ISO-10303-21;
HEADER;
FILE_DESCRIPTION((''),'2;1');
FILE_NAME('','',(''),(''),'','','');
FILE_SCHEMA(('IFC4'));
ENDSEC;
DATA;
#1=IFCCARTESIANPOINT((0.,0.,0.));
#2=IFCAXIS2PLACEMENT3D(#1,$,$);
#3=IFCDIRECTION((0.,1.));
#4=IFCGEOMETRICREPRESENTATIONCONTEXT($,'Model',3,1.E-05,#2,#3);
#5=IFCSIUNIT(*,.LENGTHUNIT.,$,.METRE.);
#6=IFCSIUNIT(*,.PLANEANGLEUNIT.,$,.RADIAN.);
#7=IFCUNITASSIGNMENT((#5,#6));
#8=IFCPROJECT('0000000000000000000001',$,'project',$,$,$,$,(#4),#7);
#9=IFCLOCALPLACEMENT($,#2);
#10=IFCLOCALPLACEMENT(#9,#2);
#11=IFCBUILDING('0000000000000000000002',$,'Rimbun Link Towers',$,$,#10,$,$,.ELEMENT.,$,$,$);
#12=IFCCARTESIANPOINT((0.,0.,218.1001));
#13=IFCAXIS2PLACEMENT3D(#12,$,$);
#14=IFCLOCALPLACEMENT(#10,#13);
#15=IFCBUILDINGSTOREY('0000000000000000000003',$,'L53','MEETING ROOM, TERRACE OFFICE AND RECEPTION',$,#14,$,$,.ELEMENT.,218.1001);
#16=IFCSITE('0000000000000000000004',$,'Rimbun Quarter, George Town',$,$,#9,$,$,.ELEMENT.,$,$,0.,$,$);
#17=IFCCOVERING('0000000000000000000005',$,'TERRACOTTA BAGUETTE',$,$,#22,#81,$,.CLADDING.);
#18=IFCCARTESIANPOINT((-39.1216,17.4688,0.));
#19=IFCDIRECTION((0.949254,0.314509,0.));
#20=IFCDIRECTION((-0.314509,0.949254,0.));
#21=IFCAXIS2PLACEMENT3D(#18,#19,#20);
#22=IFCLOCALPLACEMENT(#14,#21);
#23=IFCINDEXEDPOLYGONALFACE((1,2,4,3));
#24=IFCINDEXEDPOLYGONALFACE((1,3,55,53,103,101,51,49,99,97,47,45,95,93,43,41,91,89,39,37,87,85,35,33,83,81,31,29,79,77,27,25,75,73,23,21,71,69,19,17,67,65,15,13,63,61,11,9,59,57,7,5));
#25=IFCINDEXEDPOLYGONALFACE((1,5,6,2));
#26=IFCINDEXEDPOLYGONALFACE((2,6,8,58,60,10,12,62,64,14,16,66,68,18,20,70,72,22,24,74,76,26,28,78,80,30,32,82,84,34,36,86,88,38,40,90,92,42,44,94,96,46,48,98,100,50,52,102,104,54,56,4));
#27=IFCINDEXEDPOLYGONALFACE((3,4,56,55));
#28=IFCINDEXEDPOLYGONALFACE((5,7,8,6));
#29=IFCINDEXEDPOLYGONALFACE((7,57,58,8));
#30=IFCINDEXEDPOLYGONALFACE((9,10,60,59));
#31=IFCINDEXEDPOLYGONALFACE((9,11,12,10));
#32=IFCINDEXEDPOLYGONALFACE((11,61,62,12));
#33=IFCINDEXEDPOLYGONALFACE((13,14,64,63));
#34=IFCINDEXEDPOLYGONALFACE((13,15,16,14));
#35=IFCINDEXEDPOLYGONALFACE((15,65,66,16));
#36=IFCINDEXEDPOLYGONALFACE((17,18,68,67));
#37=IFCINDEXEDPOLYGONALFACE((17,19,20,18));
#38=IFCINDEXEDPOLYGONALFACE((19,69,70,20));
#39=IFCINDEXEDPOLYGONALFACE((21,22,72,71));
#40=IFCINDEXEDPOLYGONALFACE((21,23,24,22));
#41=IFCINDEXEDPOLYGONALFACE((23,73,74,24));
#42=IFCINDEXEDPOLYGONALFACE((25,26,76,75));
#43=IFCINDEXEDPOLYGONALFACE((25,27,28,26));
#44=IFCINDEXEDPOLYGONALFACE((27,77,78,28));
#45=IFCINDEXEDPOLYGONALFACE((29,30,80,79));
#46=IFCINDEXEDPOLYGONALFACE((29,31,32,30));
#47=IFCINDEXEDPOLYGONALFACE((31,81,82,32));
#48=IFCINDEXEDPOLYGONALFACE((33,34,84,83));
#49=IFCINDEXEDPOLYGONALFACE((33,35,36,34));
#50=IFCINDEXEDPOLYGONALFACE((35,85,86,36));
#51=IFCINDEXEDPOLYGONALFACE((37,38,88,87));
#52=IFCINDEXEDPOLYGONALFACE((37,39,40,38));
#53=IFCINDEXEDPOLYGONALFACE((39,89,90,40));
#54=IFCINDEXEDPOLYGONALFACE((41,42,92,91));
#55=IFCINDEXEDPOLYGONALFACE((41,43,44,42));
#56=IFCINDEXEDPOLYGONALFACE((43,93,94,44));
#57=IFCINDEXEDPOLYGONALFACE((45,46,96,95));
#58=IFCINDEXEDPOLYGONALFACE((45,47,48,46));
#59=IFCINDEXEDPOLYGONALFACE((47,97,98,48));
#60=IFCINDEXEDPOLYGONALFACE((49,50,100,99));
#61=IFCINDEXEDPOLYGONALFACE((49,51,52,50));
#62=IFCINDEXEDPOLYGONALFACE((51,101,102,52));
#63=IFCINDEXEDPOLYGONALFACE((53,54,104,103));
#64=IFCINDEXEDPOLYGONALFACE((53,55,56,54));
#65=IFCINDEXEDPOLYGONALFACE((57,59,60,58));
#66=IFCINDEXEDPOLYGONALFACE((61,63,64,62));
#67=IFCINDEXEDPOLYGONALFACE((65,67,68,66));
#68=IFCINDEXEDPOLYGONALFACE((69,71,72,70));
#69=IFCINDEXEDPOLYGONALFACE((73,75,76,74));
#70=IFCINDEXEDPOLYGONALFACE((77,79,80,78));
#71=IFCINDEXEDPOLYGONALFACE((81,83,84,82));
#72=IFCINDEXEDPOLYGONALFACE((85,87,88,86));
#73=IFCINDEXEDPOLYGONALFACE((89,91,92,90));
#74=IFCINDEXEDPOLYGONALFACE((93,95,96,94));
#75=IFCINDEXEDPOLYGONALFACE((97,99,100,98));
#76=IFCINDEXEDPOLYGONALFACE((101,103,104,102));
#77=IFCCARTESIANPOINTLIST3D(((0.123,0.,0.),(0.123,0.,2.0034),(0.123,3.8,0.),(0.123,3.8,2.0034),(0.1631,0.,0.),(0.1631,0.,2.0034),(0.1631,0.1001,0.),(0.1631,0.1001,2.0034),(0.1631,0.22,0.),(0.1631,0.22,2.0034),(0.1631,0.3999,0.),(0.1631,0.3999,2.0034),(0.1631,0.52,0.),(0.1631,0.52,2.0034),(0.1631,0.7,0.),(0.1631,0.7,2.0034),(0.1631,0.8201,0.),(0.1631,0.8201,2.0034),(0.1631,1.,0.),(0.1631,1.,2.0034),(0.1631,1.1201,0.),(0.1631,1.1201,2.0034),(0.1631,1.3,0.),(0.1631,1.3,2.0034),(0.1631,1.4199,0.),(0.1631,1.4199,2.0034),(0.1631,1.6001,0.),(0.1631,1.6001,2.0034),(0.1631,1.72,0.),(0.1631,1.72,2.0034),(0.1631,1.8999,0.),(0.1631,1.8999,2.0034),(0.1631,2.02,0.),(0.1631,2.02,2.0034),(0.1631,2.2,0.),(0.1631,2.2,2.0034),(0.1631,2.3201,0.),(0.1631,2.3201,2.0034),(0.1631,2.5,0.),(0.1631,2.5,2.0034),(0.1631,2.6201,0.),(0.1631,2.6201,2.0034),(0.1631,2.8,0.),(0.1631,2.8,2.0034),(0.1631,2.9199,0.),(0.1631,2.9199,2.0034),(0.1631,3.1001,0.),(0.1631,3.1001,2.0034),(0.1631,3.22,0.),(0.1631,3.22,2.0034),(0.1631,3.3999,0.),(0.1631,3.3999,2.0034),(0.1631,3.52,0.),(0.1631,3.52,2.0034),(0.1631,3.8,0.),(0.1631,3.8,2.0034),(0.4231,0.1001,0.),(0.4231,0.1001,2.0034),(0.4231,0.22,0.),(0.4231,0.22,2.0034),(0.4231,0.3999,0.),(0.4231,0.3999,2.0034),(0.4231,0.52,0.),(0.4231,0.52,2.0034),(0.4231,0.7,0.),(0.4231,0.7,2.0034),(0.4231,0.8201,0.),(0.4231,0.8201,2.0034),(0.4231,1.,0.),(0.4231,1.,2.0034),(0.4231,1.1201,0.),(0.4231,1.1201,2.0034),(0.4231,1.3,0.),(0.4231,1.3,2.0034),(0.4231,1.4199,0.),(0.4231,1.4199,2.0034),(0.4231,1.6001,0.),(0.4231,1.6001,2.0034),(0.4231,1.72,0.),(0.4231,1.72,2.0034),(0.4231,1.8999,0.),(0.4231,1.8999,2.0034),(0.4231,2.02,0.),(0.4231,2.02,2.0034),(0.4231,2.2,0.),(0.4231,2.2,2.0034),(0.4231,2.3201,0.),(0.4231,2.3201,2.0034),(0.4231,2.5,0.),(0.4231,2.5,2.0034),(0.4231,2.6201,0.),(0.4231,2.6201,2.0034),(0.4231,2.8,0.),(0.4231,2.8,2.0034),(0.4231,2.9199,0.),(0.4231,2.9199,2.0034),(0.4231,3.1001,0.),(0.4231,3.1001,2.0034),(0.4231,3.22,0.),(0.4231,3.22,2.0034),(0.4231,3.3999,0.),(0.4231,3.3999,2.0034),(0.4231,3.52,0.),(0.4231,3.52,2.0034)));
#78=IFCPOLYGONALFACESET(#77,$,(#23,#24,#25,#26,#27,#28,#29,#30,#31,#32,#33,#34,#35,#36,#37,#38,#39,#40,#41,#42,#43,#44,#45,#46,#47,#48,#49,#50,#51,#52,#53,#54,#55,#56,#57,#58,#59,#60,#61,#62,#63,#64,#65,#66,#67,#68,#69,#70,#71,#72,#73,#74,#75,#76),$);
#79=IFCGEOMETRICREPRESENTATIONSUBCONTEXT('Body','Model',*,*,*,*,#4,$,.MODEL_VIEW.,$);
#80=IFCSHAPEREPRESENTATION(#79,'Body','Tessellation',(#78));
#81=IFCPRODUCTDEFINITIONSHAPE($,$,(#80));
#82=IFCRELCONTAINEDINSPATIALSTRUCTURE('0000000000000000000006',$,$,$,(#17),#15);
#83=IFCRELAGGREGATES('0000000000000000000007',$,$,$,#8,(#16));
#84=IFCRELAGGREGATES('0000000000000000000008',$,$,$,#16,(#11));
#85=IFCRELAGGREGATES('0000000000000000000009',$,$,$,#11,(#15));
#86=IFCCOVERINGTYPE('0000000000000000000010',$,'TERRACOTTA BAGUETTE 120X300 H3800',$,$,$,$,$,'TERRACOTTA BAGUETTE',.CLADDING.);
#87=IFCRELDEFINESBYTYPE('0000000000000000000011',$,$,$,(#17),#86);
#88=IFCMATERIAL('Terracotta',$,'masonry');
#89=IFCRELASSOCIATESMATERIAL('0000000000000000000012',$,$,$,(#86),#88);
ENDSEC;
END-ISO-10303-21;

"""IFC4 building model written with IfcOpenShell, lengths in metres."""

from ifc_helpers import new_model, si_unit, direction, frame, origin, place, context, subcontext, project, spatial, polyline, outline, extrude, material, material_profile, profile_set, type_object, element, save


model = new_model("IFC4")

# Units and contexts
model_context = context("Model", 3, precision=1e-05, world=origin(), true_north=direction((0.0, 1.0)))
body_context = subcontext(model_context, "Body", "Model", "MODEL_VIEW")
ifc_project = project(units=[si_unit("LENGTHUNIT", "METRE"), si_unit("PLANEANGLEUNIT", "RADIAN")], contexts=[model_context])

# Site, building, storey
site_placement = place(None, origin())
site = spatial("IfcSite", under=ifc_project, at=site_placement, Name="Rimbun Quarter, George Town", CompositionType="ELEMENT", RefElevation=0.0)
building_placement = place(site_placement, origin())
building = spatial("IfcBuilding", under=site, at=building_placement, Name="Rimbun Link Towers", CompositionType="ELEMENT")
storey_placement = place(building_placement, frame((0.0, 0.0, 218.1001)))
storey = spatial("IfcBuildingStorey", under=building, at=storey_placement, Name="L53", Description="MEETING ROOM, TERRACE OFFICE AND RECEPTION", CompositionType="ELEMENT", Elevation=218.1001)

# Covering
ifc_material_1 = material(Name="Terracotta", Category="masonry")
ifc_material_profile_1 = material_profile(ifc_material_1, outline(polyline([(0.123, 0.0), (0.1631, 0.0), (0.1631, 0.1001), (0.4231, 0.1001), (0.4231, 0.22), (0.1631, 0.22), (0.1631, 0.3999), (0.4231, 0.3999), (0.4231, 0.52), (0.1631, 0.52), (0.1631, 0.7), (0.4231, 0.7), (0.4231, 0.8201), (0.1631, 0.8201), (0.1631, 1.0), (0.4231, 1.0), (0.4231, 1.1201), (0.1631, 1.1201), (0.1631, 1.3), (0.4231, 1.3), (0.4231, 1.4199), (0.1631, 1.4199), (0.1631, 1.6001), (0.4231, 1.6001), (0.4231, 1.72), (0.1631, 1.72), (0.1631, 1.8999), (0.4231, 1.8999), (0.4231, 2.02), (0.1631, 2.02), (0.1631, 2.2), (0.4231, 2.2), (0.4231, 2.3201), (0.1631, 2.3201), (0.1631, 2.5), (0.4231, 2.5), (0.4231, 2.6201), (0.1631, 2.6201), (0.1631, 2.8), (0.4231, 2.8), (0.4231, 2.9199), (0.1631, 2.9199), (0.1631, 3.1001), (0.4231, 3.1001), (0.4231, 3.22), (0.1631, 3.22), (0.1631, 3.3999), (0.4231, 3.3999), (0.4231, 3.52), (0.1631, 3.52), (0.1631, 3.8), (0.123, 3.8), (0.123, 0.0)])), Name="BAGUETTE 120X300")
ifc_profile_set_1 = profile_set([ifc_material_profile_1], Name="Terracotta")
covering_type = type_object("IfcCoveringType", Name="TERRACOTTA BAGUETTE 120X300 H3800", ElementType="TERRACOTTA BAGUETTE", PredefinedType="CLADDING", material=ifc_profile_set_1)
covering_placement = place(storey_placement, frame((-39.1216, 17.4688, 0.0), z_axis=(0.949254, 0.314509, 0.0), x_axis=(-0.314509, 0.949254, 0.0)))
element("IfcCovering", 1, at=covering_placement, inside=storey, type_object=covering_type, Name="TERRACOTTA BAGUETTE", PredefinedType="CLADDING", context=body_context, shape_type="SweptSolid", body=[
    extrude(outline(polyline([(0.123, 0.0), (0.1631, 0.0), (0.1631, 0.1001), (0.4231, 0.1001), (0.4231, 0.22), (0.1631, 0.22), (0.1631, 0.3999), (0.4231, 0.3999), (0.4231, 0.52), (0.1631, 0.52), (0.1631, 0.7), (0.4231, 0.7), (0.4231, 0.8201), (0.1631, 0.8201), (0.1631, 1.0), (0.4231, 1.0), (0.4231, 1.1201), (0.1631, 1.1201), (0.1631, 1.3), (0.4231, 1.3), (0.4231, 1.4199), (0.1631, 1.4199), (0.1631, 1.6001), (0.4231, 1.6001), (0.4231, 1.72), (0.1631, 1.72), (0.1631, 1.8999), (0.4231, 1.8999), (0.4231, 2.02), (0.1631, 2.02), (0.1631, 2.2), (0.4231, 2.2), (0.4231, 2.3201), (0.1631, 2.3201), (0.1631, 2.5), (0.4231, 2.5), (0.4231, 2.6201), (0.1631, 2.6201), (0.1631, 2.8), (0.4231, 2.8), (0.4231, 2.9199), (0.1631, 2.9199), (0.1631, 3.1001), (0.4231, 3.1001), (0.4231, 3.22), (0.1631, 3.22), (0.1631, 3.3999), (0.4231, 3.3999), (0.4231, 3.52), (0.1631, 3.52), (0.1631, 3.8), (0.123, 3.8), (0.123, 0.0)])), origin(), (0.0, 0.0, 1.0), 2.0034),
])

save(model, "model.ifc")
